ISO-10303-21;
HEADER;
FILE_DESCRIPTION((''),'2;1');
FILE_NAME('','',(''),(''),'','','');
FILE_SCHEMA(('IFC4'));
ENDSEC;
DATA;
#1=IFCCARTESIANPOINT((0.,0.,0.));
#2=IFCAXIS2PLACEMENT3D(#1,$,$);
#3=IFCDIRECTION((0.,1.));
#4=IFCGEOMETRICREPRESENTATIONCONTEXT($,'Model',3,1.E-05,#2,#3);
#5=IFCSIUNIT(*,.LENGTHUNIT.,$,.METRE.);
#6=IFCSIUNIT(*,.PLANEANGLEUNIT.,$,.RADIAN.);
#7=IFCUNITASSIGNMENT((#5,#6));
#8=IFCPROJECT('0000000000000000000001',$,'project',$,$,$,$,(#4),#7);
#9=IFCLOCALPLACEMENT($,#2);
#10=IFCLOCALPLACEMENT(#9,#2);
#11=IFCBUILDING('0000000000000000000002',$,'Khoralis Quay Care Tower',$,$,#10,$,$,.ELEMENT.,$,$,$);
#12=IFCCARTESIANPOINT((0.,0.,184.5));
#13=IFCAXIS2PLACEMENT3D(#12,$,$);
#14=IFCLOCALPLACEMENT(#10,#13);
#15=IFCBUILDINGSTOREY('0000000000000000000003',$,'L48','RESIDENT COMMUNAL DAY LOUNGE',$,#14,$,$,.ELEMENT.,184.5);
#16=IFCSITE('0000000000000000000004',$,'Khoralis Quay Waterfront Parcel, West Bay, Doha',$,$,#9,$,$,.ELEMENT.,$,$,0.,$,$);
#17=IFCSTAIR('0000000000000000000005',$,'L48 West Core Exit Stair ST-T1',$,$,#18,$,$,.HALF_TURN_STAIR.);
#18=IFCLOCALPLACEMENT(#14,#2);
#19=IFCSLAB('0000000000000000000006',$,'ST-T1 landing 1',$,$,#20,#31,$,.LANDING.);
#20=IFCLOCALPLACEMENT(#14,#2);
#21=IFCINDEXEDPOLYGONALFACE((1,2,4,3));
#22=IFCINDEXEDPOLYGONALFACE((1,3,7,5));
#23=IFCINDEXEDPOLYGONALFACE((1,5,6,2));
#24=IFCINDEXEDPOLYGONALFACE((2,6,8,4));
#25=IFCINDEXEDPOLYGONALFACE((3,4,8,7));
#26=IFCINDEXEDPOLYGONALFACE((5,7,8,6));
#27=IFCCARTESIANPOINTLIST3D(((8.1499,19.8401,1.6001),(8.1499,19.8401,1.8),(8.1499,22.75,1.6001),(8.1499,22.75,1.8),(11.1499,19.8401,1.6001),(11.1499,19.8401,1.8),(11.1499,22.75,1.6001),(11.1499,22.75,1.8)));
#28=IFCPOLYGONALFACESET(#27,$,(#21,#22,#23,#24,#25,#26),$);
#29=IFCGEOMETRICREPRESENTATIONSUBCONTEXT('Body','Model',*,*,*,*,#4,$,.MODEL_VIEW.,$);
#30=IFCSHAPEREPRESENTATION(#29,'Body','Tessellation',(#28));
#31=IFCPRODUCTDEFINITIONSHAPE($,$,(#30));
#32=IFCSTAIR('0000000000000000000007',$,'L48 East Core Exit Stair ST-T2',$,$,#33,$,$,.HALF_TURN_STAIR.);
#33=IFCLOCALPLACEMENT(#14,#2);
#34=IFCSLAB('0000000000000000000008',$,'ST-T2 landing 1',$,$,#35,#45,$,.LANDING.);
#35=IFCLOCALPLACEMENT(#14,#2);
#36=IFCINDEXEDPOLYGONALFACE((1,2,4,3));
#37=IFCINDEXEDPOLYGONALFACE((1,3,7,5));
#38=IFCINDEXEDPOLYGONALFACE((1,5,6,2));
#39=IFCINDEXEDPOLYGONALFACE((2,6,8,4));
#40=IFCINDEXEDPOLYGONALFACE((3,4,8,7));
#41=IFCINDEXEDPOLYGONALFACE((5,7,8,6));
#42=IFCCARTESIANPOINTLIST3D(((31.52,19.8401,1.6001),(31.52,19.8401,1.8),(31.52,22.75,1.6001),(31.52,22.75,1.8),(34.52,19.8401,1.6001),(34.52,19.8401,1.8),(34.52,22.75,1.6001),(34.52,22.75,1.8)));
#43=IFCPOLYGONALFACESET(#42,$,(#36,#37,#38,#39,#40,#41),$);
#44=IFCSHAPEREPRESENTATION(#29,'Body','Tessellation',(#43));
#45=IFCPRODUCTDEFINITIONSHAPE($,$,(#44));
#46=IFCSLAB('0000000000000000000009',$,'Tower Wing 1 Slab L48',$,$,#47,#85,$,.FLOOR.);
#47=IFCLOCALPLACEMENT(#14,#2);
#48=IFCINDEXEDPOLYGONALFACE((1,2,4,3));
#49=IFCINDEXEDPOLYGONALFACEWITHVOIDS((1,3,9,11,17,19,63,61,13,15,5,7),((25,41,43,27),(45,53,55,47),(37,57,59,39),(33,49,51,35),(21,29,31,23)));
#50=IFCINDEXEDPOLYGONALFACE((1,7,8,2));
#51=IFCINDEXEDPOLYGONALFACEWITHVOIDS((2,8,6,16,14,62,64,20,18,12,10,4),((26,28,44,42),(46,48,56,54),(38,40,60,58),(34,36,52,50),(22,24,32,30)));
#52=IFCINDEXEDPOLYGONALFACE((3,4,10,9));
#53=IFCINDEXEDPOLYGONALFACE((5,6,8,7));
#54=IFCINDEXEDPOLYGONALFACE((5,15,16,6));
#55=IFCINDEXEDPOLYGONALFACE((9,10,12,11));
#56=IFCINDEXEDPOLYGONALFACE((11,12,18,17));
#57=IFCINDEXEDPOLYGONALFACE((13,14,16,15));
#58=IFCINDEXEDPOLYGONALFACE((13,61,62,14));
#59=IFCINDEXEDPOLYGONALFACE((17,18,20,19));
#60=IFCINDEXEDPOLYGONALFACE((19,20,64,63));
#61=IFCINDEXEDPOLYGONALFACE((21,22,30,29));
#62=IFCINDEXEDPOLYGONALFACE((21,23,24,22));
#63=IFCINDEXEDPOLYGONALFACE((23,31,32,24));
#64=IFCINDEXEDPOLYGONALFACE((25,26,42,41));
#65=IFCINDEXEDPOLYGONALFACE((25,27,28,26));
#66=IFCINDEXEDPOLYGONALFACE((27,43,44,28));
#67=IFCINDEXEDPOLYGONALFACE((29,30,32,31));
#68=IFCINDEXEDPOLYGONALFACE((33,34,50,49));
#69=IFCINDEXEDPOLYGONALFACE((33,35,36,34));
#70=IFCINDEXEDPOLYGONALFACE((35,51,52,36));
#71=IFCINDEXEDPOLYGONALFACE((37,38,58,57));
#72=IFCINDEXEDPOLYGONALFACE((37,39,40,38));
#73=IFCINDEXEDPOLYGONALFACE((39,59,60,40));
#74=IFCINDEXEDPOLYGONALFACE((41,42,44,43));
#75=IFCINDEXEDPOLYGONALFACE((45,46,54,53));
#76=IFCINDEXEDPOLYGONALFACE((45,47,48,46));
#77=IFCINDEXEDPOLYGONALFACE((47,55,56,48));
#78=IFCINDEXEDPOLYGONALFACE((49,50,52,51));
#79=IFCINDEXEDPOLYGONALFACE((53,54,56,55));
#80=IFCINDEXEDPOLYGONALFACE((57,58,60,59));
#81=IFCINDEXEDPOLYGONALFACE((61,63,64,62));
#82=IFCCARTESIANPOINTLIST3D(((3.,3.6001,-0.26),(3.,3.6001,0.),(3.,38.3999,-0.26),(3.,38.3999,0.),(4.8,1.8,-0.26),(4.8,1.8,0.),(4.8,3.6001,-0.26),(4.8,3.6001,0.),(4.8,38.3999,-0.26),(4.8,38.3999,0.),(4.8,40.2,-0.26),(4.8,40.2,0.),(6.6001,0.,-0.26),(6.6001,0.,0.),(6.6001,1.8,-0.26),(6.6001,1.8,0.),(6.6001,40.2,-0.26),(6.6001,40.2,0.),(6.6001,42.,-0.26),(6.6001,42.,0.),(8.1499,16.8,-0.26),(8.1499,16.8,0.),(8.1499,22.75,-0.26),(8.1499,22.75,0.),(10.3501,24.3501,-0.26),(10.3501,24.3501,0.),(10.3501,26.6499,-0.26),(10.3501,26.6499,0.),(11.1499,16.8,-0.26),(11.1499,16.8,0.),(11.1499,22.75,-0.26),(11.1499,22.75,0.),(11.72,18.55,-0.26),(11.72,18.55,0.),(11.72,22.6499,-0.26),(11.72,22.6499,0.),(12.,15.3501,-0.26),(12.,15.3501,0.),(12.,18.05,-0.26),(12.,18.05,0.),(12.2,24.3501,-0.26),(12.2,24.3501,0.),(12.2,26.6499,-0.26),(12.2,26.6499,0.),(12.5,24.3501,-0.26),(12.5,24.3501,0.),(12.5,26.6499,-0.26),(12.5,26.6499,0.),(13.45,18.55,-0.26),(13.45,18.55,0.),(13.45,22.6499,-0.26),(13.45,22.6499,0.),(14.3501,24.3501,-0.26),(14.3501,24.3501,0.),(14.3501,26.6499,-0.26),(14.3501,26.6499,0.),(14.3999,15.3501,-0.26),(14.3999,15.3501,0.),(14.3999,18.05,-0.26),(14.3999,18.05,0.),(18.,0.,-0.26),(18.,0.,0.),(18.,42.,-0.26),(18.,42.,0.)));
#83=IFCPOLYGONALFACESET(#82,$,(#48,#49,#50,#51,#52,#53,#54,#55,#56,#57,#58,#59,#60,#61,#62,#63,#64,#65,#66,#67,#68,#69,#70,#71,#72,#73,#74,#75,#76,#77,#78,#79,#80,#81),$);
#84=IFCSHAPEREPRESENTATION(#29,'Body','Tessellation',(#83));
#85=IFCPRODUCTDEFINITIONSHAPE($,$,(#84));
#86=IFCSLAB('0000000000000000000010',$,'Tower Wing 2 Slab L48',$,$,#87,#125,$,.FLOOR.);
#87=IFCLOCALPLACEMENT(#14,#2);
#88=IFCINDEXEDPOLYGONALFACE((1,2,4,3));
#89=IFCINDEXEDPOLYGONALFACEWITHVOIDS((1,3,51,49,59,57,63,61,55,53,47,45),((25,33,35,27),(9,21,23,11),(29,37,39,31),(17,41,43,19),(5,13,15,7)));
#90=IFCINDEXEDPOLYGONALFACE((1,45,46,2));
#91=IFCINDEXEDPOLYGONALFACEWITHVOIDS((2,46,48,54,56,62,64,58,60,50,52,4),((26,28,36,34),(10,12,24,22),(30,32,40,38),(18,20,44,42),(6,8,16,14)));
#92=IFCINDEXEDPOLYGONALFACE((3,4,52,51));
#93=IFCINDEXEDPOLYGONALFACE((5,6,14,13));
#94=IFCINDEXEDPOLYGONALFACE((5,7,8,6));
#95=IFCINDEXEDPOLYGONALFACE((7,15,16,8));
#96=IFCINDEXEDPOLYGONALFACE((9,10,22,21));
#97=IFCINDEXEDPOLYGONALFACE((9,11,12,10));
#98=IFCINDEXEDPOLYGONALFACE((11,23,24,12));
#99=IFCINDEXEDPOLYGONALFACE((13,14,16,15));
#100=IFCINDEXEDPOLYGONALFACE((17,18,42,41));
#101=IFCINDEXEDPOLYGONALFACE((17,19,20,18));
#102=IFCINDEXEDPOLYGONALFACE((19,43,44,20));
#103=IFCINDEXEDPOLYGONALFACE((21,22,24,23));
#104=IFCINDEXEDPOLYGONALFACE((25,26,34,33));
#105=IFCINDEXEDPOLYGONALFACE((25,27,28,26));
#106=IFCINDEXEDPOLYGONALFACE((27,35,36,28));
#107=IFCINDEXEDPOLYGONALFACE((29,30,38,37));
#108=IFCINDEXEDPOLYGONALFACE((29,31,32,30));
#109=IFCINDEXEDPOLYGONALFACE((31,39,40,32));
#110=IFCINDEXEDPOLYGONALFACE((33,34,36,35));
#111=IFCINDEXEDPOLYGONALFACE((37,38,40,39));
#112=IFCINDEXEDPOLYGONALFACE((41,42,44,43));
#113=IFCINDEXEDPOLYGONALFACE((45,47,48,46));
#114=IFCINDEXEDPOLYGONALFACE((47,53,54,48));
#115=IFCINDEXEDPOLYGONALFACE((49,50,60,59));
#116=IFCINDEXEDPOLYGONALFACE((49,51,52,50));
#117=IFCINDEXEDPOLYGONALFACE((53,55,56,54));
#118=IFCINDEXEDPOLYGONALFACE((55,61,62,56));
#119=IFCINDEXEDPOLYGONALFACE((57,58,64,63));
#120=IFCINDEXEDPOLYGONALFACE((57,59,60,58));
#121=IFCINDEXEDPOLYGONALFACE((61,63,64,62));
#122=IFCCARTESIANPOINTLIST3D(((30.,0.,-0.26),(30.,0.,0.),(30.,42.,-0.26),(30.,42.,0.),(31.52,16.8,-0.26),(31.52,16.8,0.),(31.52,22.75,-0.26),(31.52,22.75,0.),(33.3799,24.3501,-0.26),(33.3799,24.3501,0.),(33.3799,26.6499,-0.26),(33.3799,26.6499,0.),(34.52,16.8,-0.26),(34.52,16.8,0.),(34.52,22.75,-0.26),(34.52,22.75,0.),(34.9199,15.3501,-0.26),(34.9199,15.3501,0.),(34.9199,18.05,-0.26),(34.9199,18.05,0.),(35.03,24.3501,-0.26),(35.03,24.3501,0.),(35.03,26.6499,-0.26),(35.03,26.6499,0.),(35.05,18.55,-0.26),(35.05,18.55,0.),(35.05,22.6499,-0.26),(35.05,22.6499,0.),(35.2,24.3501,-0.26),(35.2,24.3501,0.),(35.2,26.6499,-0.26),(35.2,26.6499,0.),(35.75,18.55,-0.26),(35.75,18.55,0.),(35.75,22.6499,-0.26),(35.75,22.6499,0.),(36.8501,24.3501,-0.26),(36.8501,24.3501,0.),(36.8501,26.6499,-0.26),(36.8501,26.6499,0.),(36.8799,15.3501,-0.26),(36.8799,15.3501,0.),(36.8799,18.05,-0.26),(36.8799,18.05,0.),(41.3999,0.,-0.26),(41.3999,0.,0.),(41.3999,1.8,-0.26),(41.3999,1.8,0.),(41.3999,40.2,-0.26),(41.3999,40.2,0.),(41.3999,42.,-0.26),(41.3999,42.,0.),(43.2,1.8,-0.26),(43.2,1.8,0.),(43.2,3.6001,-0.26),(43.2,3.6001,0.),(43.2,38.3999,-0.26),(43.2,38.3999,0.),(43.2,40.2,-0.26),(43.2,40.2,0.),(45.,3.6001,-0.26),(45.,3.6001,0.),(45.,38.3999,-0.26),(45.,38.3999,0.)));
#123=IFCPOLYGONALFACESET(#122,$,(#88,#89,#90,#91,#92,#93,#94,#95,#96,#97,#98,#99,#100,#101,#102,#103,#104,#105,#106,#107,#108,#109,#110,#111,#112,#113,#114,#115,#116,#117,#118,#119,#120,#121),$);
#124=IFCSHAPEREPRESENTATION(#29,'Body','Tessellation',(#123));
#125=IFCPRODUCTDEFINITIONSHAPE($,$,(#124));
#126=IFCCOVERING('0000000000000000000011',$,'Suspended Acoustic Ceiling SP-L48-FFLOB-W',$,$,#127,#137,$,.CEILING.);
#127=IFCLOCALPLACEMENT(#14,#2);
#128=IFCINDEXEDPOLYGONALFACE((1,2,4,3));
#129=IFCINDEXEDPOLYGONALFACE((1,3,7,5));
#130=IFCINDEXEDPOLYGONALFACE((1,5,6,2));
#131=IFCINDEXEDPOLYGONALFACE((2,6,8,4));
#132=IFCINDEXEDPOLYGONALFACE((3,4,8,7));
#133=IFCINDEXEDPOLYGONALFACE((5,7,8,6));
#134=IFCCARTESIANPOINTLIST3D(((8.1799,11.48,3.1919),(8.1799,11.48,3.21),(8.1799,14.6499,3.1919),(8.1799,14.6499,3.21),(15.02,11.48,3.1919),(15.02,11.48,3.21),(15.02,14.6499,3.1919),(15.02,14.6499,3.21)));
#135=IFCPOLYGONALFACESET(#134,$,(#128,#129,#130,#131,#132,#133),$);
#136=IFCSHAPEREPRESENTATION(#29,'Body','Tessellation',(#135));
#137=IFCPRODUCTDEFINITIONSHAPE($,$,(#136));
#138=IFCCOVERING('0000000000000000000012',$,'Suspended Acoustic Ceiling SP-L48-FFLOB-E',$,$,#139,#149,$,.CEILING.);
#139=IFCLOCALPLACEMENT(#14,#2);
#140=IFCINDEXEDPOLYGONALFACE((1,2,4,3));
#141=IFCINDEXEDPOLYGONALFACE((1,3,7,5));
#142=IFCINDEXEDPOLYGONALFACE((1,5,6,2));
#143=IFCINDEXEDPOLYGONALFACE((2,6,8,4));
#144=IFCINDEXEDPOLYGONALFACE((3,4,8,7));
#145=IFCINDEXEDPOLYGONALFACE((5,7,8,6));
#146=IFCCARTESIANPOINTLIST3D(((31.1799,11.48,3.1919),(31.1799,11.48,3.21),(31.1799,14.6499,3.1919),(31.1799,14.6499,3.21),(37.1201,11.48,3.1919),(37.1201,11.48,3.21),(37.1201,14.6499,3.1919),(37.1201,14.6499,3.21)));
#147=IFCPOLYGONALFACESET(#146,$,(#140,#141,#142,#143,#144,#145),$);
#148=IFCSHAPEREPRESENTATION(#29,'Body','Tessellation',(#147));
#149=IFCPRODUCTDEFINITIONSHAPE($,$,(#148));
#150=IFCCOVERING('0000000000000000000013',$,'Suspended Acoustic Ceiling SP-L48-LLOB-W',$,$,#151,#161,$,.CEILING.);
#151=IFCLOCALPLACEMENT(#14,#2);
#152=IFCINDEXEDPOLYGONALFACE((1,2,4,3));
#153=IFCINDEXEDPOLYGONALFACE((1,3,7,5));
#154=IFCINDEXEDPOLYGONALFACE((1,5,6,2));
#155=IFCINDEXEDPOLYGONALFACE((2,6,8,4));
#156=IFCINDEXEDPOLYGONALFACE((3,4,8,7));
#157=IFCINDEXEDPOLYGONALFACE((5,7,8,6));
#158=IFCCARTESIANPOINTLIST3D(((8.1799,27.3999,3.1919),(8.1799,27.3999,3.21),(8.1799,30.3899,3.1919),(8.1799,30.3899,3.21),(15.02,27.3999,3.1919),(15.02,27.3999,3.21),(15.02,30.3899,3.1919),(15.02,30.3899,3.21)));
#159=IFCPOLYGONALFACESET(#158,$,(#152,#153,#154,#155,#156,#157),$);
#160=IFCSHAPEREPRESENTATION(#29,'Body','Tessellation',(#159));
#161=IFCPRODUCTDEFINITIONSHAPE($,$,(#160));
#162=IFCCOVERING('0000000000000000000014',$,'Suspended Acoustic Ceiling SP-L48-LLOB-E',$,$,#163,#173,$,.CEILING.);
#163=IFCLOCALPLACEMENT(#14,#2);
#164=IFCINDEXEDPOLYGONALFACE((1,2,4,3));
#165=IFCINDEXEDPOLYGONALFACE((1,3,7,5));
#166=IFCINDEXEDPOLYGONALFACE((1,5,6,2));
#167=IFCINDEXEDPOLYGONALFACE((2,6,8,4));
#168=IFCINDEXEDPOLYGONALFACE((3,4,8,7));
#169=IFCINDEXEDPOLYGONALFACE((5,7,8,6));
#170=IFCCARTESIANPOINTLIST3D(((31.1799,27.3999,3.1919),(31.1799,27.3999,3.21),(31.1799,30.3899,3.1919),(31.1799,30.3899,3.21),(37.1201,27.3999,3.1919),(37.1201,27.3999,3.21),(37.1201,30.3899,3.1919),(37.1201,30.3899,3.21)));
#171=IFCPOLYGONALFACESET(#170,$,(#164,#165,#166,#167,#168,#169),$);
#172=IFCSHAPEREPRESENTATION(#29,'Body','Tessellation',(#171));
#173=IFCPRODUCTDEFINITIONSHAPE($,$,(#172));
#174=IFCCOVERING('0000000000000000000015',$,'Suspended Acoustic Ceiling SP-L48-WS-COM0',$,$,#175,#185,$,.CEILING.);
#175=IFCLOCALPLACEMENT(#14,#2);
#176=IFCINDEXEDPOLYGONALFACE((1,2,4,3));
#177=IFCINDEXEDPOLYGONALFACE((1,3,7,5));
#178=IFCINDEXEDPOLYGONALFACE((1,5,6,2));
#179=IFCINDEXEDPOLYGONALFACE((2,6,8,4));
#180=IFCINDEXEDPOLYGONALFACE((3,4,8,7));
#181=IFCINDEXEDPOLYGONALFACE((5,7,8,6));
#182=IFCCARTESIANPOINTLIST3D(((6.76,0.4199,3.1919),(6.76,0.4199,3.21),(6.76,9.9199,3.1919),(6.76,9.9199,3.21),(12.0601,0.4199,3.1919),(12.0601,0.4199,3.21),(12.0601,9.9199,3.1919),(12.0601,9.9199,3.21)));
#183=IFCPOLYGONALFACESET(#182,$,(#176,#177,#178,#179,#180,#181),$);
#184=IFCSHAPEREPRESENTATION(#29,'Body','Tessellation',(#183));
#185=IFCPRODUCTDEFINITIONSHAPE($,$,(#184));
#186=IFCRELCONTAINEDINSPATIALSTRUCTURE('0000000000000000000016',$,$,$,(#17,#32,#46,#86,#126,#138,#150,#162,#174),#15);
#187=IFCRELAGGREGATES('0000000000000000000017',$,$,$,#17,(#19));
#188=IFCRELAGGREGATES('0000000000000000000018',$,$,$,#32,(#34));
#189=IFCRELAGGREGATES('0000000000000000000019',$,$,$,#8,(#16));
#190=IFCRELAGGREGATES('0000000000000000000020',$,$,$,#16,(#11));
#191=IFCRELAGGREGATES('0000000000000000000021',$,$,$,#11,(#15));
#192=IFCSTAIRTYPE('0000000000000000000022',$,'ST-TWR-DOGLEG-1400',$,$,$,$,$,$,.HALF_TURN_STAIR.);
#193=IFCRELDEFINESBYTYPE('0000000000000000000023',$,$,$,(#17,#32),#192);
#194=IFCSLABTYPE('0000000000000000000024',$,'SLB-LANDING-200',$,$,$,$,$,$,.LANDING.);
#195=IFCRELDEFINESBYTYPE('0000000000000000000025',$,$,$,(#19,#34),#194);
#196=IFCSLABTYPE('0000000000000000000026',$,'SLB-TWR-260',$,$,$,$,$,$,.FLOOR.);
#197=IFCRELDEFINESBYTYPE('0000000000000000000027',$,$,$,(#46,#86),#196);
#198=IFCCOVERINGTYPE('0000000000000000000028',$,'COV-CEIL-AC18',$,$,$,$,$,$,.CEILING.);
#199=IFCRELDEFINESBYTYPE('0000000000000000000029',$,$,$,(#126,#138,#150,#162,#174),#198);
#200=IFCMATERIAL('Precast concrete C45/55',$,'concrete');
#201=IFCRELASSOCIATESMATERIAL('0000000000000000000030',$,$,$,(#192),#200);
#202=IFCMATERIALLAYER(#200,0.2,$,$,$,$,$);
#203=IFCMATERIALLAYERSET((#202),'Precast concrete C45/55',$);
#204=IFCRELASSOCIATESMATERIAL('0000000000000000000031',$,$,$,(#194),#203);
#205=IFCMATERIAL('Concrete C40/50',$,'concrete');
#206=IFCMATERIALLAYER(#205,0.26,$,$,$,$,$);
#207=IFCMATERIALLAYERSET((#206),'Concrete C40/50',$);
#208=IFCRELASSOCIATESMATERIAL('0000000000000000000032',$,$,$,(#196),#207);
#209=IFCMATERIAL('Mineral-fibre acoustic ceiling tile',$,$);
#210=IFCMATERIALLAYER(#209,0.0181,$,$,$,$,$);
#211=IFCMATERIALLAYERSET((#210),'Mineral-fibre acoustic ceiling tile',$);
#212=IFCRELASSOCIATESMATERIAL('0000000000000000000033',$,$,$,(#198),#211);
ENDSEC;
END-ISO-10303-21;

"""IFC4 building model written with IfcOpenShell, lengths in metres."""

from ifc_helpers import new_model, si_unit, direction, frame, origin, place, context, subcontext, project, spatial, polyline, outline, extrude, material, layer, layer_set, type_object, element, aggregate, save


model = new_model("IFC4")

# Units and contexts
model_context = context("Model", 3, precision=1e-05, world=origin(), true_north=direction((0.0, 1.0)))
body_context = subcontext(model_context, "Body", "Model", "MODEL_VIEW")
ifc_project = project(units=[si_unit("LENGTHUNIT", "METRE"), si_unit("PLANEANGLEUNIT", "RADIAN")], contexts=[model_context])

# Site, building, storey
site_placement = place(None, origin())
site = spatial("IfcSite", under=ifc_project, at=site_placement, Name="Khoralis Quay Waterfront Parcel, West Bay, Doha", CompositionType="ELEMENT", RefElevation=0.0)
building_placement = place(site_placement, origin())
building = spatial("IfcBuilding", under=site, at=building_placement, Name="Khoralis Quay Care Tower", CompositionType="ELEMENT")
storey_placement = place(building_placement, frame((0.0, 0.0, 184.5)))
storey = spatial("IfcBuildingStorey", under=building, at=storey_placement, Name="L48", Description="RESIDENT COMMUNAL DAY LOUNGE", CompositionType="ELEMENT", Elevation=184.5)

# Stairs, slabs
ifc_material_1 = material(Name="Precast concrete C45/55", Category="concrete")
stair_type = type_object("IfcStairType", Name="ST-TWR-DOGLEG-1400", PredefinedType="HALF_TURN_STAIR", material=ifc_material_1)
stair_1_placement = place(storey_placement, origin())
stair_1 = element("IfcStair", 1, at=stair_1_placement, inside=storey, type_object=stair_type, Name="L48 West Core Exit Stair ST-T1", PredefinedType="HALF_TURN_STAIR")
ifc_layer_1 = layer(ifc_material_1, 0.2)
ifc_layer_set_1 = layer_set([ifc_layer_1], Name="Precast concrete C45/55")
slab_type_1 = type_object("IfcSlabType", Name="SLB-LANDING-200", PredefinedType="LANDING", material=ifc_layer_set_1)
slab_1_placement = place(storey_placement, frame((0.0, 0.0, 1.6001)))
slab_1 = element("IfcSlab", 2, at=slab_1_placement, type_object=slab_type_1, Name="ST-T1 landing 1", PredefinedType="LANDING", context=body_context, shape_type="SweptSolid", body=[
    extrude(outline(polyline([(11.1499, 19.8401), (11.1499, 22.75), (8.1499, 22.75), (8.1499, 19.8401), (11.1499, 19.8401)])), origin(), (0.0, 0.0, 1.0), 0.2),
])
aggregate(stair_1, [slab_1])
stair_2_placement = place(storey_placement, origin())
stair_2 = element("IfcStair", 3, at=stair_2_placement, inside=storey, type_object=stair_type, Name="L48 East Core Exit Stair ST-T2", PredefinedType="HALF_TURN_STAIR")
slab_2_placement = place(storey_placement, frame((0.0, 0.0, 1.6001)))
slab_2 = element("IfcSlab", 4, at=slab_2_placement, type_object=slab_type_1, Name="ST-T2 landing 1", PredefinedType="LANDING", context=body_context, shape_type="SweptSolid", body=[
    extrude(outline(polyline([(34.52, 19.8401), (34.52, 22.75), (31.52, 22.75), (31.52, 19.8401), (34.52, 19.8401)])), origin(), (0.0, 0.0, 1.0), 0.2),
])
aggregate(stair_2, [slab_2])

# Slabs
ifc_material_2 = material(Name="Concrete C40/50", Category="concrete")
ifc_layer_2 = layer(ifc_material_2, 0.26)
ifc_layer_set_2 = layer_set([ifc_layer_2], Name="Concrete C40/50")
slab_type_2 = type_object("IfcSlabType", Name="SLB-TWR-260", PredefinedType="FLOOR", material=ifc_layer_set_2)
slab_3_placement = place(storey_placement, frame((0.0, 0.0, -0.26)))
element("IfcSlab", 5, at=slab_3_placement, inside=storey, type_object=slab_type_2, Name="Tower Wing 1 Slab L48", PredefinedType="FLOOR", context=body_context, shape_type="SweptSolid", body=[
    extrude(outline(polyline([(6.6001, 0.0), (18.0, 0.0), (18.0, 42.0), (6.6001, 42.0), (6.6001, 40.2), (4.8, 40.2), (4.8, 38.3999), (3.0, 38.3999), (3.0, 3.6001), (4.8, 3.6001), (4.8, 1.8), (6.6001, 1.8), (6.6001, 0.0)]), holes=[polyline([(11.1499, 16.8), (11.1499, 22.75), (8.1499, 22.75), (8.1499, 16.8), (11.1499, 16.8)]), polyline([(12.0, 15.3501), (14.3999, 15.3501), (14.3999, 18.05), (12.0, 18.05), (12.0, 15.3501)]), polyline([(10.3501, 24.3501), (12.2, 24.3501), (12.2, 26.6499), (10.3501, 26.6499), (10.3501, 24.3501)]), polyline([(12.5, 24.3501), (14.3501, 24.3501), (14.3501, 26.6499), (12.5, 26.6499), (12.5, 24.3501)]), polyline([(11.72, 18.55), (13.45, 18.55), (13.45, 22.6499), (11.72, 22.6499), (11.72, 18.55)])]), origin(), (0.0, 0.0, 1.0), 0.26),
])
slab_4_placement = place(storey_placement, frame((0.0, 0.0, -0.26)))
element("IfcSlab", 6, at=slab_4_placement, inside=storey, type_object=slab_type_2, Name="Tower Wing 2 Slab L48", PredefinedType="FLOOR", context=body_context, shape_type="SweptSolid", body=[
    extrude(outline(polyline([(30.0, 0.0), (41.3999, 0.0), (41.3999, 1.8), (43.2, 1.8), (43.2, 3.6001), (45.0, 3.6001), (45.0, 38.3999), (43.2, 38.3999), (43.2, 40.2), (41.3999, 40.2), (41.3999, 42.0), (30.0, 42.0), (30.0, 0.0)]), holes=[polyline([(34.52, 16.8), (34.52, 22.75), (31.52, 22.75), (31.52, 16.8), (34.52, 16.8)]), polyline([(34.9199, 15.3501), (36.8799, 15.3501), (36.8799, 18.05), (34.9199, 18.05), (34.9199, 15.3501)]), polyline([(33.3799, 24.3501), (35.03, 24.3501), (35.03, 26.6499), (33.3799, 26.6499), (33.3799, 24.3501)]), polyline([(35.2, 24.3501), (36.8501, 24.3501), (36.8501, 26.6499), (35.2, 26.6499), (35.2, 24.3501)]), polyline([(35.05, 18.55), (35.75, 18.55), (35.75, 22.6499), (35.05, 22.6499), (35.05, 18.55)])]), origin(), (0.0, 0.0, 1.0), 0.26),
])

# Coverings
ifc_material_3 = material(Name="Mineral-fibre acoustic ceiling tile")
ifc_layer_3 = layer(ifc_material_3, 0.0181)
ifc_layer_set_3 = layer_set([ifc_layer_3], Name="Mineral-fibre acoustic ceiling tile")
covering_type_1 = type_object("IfcCoveringType", Name="COV-CEIL-AC18", PredefinedType="CEILING", material=ifc_layer_set_3)
covering_1_placement = place(storey_placement, frame((0.0, 0.0, 3.1919)))
element("IfcCovering", 7, at=covering_1_placement, inside=storey, type_object=covering_type_1, Name="Suspended Acoustic Ceiling SP-L48-FFLOB-W", PredefinedType="CEILING", context=body_context, shape_type="SweptSolid", body=[
    extrude(outline(polyline([(8.1799, 11.48), (15.02, 11.48), (15.02, 14.6499), (8.1799, 14.6499), (8.1799, 11.48)])), origin(), (0.0, 0.0, 1.0), 0.0181),
])
covering_2_placement = place(storey_placement, frame((0.0, 0.0, 3.1919)))
element("IfcCovering", 8, at=covering_2_placement, inside=storey, type_object=covering_type_1, Name="Suspended Acoustic Ceiling SP-L48-FFLOB-E", PredefinedType="CEILING", context=body_context, shape_type="SweptSolid", body=[
    extrude(outline(polyline([(31.1799, 11.48), (37.1201, 11.48), (37.1201, 14.6499), (31.1799, 14.6499), (31.1799, 11.48)])), origin(), (0.0, 0.0, 1.0), 0.0181),
])
covering_3_placement = place(storey_placement, frame((0.0, 0.0, 3.1919)))
element("IfcCovering", 9, at=covering_3_placement, inside=storey, type_object=covering_type_1, Name="Suspended Acoustic Ceiling SP-L48-LLOB-W", PredefinedType="CEILING", context=body_context, shape_type="SweptSolid", body=[
    extrude(outline(polyline([(8.1799, 27.3999), (15.02, 27.3999), (15.02, 30.3899), (8.1799, 30.3899), (8.1799, 27.3999)])), origin(), (0.0, 0.0, 1.0), 0.0181),
])
covering_4_placement = place(storey_placement, frame((0.0, 0.0, 3.1919)))
element("IfcCovering", 10, at=covering_4_placement, inside=storey, type_object=covering_type_1, Name="Suspended Acoustic Ceiling SP-L48-LLOB-E", PredefinedType="CEILING", context=body_context, shape_type="SweptSolid", body=[
    extrude(outline(polyline([(31.1799, 27.3999), (37.1201, 27.3999), (37.1201, 30.3899), (31.1799, 30.3899), (31.1799, 27.3999)])), origin(), (0.0, 0.0, 1.0), 0.0181),
])
covering_5_placement = place(storey_placement, frame((0.0, 0.0, 3.1919)))
element("IfcCovering", 11, at=covering_5_placement, inside=storey, type_object=covering_type_1, Name="Suspended Acoustic Ceiling SP-L48-WS-COM0", PredefinedType="CEILING", context=body_context, shape_type="SweptSolid", body=[
    extrude(outline(polyline([(6.76, 0.4199), (12.0601, 0.4199), (12.0601, 9.9199), (6.76, 9.9199), (6.76, 0.4199)])), origin(), (0.0, 0.0, 1.0), 0.0181),
])

save(model, "model.ifc")
